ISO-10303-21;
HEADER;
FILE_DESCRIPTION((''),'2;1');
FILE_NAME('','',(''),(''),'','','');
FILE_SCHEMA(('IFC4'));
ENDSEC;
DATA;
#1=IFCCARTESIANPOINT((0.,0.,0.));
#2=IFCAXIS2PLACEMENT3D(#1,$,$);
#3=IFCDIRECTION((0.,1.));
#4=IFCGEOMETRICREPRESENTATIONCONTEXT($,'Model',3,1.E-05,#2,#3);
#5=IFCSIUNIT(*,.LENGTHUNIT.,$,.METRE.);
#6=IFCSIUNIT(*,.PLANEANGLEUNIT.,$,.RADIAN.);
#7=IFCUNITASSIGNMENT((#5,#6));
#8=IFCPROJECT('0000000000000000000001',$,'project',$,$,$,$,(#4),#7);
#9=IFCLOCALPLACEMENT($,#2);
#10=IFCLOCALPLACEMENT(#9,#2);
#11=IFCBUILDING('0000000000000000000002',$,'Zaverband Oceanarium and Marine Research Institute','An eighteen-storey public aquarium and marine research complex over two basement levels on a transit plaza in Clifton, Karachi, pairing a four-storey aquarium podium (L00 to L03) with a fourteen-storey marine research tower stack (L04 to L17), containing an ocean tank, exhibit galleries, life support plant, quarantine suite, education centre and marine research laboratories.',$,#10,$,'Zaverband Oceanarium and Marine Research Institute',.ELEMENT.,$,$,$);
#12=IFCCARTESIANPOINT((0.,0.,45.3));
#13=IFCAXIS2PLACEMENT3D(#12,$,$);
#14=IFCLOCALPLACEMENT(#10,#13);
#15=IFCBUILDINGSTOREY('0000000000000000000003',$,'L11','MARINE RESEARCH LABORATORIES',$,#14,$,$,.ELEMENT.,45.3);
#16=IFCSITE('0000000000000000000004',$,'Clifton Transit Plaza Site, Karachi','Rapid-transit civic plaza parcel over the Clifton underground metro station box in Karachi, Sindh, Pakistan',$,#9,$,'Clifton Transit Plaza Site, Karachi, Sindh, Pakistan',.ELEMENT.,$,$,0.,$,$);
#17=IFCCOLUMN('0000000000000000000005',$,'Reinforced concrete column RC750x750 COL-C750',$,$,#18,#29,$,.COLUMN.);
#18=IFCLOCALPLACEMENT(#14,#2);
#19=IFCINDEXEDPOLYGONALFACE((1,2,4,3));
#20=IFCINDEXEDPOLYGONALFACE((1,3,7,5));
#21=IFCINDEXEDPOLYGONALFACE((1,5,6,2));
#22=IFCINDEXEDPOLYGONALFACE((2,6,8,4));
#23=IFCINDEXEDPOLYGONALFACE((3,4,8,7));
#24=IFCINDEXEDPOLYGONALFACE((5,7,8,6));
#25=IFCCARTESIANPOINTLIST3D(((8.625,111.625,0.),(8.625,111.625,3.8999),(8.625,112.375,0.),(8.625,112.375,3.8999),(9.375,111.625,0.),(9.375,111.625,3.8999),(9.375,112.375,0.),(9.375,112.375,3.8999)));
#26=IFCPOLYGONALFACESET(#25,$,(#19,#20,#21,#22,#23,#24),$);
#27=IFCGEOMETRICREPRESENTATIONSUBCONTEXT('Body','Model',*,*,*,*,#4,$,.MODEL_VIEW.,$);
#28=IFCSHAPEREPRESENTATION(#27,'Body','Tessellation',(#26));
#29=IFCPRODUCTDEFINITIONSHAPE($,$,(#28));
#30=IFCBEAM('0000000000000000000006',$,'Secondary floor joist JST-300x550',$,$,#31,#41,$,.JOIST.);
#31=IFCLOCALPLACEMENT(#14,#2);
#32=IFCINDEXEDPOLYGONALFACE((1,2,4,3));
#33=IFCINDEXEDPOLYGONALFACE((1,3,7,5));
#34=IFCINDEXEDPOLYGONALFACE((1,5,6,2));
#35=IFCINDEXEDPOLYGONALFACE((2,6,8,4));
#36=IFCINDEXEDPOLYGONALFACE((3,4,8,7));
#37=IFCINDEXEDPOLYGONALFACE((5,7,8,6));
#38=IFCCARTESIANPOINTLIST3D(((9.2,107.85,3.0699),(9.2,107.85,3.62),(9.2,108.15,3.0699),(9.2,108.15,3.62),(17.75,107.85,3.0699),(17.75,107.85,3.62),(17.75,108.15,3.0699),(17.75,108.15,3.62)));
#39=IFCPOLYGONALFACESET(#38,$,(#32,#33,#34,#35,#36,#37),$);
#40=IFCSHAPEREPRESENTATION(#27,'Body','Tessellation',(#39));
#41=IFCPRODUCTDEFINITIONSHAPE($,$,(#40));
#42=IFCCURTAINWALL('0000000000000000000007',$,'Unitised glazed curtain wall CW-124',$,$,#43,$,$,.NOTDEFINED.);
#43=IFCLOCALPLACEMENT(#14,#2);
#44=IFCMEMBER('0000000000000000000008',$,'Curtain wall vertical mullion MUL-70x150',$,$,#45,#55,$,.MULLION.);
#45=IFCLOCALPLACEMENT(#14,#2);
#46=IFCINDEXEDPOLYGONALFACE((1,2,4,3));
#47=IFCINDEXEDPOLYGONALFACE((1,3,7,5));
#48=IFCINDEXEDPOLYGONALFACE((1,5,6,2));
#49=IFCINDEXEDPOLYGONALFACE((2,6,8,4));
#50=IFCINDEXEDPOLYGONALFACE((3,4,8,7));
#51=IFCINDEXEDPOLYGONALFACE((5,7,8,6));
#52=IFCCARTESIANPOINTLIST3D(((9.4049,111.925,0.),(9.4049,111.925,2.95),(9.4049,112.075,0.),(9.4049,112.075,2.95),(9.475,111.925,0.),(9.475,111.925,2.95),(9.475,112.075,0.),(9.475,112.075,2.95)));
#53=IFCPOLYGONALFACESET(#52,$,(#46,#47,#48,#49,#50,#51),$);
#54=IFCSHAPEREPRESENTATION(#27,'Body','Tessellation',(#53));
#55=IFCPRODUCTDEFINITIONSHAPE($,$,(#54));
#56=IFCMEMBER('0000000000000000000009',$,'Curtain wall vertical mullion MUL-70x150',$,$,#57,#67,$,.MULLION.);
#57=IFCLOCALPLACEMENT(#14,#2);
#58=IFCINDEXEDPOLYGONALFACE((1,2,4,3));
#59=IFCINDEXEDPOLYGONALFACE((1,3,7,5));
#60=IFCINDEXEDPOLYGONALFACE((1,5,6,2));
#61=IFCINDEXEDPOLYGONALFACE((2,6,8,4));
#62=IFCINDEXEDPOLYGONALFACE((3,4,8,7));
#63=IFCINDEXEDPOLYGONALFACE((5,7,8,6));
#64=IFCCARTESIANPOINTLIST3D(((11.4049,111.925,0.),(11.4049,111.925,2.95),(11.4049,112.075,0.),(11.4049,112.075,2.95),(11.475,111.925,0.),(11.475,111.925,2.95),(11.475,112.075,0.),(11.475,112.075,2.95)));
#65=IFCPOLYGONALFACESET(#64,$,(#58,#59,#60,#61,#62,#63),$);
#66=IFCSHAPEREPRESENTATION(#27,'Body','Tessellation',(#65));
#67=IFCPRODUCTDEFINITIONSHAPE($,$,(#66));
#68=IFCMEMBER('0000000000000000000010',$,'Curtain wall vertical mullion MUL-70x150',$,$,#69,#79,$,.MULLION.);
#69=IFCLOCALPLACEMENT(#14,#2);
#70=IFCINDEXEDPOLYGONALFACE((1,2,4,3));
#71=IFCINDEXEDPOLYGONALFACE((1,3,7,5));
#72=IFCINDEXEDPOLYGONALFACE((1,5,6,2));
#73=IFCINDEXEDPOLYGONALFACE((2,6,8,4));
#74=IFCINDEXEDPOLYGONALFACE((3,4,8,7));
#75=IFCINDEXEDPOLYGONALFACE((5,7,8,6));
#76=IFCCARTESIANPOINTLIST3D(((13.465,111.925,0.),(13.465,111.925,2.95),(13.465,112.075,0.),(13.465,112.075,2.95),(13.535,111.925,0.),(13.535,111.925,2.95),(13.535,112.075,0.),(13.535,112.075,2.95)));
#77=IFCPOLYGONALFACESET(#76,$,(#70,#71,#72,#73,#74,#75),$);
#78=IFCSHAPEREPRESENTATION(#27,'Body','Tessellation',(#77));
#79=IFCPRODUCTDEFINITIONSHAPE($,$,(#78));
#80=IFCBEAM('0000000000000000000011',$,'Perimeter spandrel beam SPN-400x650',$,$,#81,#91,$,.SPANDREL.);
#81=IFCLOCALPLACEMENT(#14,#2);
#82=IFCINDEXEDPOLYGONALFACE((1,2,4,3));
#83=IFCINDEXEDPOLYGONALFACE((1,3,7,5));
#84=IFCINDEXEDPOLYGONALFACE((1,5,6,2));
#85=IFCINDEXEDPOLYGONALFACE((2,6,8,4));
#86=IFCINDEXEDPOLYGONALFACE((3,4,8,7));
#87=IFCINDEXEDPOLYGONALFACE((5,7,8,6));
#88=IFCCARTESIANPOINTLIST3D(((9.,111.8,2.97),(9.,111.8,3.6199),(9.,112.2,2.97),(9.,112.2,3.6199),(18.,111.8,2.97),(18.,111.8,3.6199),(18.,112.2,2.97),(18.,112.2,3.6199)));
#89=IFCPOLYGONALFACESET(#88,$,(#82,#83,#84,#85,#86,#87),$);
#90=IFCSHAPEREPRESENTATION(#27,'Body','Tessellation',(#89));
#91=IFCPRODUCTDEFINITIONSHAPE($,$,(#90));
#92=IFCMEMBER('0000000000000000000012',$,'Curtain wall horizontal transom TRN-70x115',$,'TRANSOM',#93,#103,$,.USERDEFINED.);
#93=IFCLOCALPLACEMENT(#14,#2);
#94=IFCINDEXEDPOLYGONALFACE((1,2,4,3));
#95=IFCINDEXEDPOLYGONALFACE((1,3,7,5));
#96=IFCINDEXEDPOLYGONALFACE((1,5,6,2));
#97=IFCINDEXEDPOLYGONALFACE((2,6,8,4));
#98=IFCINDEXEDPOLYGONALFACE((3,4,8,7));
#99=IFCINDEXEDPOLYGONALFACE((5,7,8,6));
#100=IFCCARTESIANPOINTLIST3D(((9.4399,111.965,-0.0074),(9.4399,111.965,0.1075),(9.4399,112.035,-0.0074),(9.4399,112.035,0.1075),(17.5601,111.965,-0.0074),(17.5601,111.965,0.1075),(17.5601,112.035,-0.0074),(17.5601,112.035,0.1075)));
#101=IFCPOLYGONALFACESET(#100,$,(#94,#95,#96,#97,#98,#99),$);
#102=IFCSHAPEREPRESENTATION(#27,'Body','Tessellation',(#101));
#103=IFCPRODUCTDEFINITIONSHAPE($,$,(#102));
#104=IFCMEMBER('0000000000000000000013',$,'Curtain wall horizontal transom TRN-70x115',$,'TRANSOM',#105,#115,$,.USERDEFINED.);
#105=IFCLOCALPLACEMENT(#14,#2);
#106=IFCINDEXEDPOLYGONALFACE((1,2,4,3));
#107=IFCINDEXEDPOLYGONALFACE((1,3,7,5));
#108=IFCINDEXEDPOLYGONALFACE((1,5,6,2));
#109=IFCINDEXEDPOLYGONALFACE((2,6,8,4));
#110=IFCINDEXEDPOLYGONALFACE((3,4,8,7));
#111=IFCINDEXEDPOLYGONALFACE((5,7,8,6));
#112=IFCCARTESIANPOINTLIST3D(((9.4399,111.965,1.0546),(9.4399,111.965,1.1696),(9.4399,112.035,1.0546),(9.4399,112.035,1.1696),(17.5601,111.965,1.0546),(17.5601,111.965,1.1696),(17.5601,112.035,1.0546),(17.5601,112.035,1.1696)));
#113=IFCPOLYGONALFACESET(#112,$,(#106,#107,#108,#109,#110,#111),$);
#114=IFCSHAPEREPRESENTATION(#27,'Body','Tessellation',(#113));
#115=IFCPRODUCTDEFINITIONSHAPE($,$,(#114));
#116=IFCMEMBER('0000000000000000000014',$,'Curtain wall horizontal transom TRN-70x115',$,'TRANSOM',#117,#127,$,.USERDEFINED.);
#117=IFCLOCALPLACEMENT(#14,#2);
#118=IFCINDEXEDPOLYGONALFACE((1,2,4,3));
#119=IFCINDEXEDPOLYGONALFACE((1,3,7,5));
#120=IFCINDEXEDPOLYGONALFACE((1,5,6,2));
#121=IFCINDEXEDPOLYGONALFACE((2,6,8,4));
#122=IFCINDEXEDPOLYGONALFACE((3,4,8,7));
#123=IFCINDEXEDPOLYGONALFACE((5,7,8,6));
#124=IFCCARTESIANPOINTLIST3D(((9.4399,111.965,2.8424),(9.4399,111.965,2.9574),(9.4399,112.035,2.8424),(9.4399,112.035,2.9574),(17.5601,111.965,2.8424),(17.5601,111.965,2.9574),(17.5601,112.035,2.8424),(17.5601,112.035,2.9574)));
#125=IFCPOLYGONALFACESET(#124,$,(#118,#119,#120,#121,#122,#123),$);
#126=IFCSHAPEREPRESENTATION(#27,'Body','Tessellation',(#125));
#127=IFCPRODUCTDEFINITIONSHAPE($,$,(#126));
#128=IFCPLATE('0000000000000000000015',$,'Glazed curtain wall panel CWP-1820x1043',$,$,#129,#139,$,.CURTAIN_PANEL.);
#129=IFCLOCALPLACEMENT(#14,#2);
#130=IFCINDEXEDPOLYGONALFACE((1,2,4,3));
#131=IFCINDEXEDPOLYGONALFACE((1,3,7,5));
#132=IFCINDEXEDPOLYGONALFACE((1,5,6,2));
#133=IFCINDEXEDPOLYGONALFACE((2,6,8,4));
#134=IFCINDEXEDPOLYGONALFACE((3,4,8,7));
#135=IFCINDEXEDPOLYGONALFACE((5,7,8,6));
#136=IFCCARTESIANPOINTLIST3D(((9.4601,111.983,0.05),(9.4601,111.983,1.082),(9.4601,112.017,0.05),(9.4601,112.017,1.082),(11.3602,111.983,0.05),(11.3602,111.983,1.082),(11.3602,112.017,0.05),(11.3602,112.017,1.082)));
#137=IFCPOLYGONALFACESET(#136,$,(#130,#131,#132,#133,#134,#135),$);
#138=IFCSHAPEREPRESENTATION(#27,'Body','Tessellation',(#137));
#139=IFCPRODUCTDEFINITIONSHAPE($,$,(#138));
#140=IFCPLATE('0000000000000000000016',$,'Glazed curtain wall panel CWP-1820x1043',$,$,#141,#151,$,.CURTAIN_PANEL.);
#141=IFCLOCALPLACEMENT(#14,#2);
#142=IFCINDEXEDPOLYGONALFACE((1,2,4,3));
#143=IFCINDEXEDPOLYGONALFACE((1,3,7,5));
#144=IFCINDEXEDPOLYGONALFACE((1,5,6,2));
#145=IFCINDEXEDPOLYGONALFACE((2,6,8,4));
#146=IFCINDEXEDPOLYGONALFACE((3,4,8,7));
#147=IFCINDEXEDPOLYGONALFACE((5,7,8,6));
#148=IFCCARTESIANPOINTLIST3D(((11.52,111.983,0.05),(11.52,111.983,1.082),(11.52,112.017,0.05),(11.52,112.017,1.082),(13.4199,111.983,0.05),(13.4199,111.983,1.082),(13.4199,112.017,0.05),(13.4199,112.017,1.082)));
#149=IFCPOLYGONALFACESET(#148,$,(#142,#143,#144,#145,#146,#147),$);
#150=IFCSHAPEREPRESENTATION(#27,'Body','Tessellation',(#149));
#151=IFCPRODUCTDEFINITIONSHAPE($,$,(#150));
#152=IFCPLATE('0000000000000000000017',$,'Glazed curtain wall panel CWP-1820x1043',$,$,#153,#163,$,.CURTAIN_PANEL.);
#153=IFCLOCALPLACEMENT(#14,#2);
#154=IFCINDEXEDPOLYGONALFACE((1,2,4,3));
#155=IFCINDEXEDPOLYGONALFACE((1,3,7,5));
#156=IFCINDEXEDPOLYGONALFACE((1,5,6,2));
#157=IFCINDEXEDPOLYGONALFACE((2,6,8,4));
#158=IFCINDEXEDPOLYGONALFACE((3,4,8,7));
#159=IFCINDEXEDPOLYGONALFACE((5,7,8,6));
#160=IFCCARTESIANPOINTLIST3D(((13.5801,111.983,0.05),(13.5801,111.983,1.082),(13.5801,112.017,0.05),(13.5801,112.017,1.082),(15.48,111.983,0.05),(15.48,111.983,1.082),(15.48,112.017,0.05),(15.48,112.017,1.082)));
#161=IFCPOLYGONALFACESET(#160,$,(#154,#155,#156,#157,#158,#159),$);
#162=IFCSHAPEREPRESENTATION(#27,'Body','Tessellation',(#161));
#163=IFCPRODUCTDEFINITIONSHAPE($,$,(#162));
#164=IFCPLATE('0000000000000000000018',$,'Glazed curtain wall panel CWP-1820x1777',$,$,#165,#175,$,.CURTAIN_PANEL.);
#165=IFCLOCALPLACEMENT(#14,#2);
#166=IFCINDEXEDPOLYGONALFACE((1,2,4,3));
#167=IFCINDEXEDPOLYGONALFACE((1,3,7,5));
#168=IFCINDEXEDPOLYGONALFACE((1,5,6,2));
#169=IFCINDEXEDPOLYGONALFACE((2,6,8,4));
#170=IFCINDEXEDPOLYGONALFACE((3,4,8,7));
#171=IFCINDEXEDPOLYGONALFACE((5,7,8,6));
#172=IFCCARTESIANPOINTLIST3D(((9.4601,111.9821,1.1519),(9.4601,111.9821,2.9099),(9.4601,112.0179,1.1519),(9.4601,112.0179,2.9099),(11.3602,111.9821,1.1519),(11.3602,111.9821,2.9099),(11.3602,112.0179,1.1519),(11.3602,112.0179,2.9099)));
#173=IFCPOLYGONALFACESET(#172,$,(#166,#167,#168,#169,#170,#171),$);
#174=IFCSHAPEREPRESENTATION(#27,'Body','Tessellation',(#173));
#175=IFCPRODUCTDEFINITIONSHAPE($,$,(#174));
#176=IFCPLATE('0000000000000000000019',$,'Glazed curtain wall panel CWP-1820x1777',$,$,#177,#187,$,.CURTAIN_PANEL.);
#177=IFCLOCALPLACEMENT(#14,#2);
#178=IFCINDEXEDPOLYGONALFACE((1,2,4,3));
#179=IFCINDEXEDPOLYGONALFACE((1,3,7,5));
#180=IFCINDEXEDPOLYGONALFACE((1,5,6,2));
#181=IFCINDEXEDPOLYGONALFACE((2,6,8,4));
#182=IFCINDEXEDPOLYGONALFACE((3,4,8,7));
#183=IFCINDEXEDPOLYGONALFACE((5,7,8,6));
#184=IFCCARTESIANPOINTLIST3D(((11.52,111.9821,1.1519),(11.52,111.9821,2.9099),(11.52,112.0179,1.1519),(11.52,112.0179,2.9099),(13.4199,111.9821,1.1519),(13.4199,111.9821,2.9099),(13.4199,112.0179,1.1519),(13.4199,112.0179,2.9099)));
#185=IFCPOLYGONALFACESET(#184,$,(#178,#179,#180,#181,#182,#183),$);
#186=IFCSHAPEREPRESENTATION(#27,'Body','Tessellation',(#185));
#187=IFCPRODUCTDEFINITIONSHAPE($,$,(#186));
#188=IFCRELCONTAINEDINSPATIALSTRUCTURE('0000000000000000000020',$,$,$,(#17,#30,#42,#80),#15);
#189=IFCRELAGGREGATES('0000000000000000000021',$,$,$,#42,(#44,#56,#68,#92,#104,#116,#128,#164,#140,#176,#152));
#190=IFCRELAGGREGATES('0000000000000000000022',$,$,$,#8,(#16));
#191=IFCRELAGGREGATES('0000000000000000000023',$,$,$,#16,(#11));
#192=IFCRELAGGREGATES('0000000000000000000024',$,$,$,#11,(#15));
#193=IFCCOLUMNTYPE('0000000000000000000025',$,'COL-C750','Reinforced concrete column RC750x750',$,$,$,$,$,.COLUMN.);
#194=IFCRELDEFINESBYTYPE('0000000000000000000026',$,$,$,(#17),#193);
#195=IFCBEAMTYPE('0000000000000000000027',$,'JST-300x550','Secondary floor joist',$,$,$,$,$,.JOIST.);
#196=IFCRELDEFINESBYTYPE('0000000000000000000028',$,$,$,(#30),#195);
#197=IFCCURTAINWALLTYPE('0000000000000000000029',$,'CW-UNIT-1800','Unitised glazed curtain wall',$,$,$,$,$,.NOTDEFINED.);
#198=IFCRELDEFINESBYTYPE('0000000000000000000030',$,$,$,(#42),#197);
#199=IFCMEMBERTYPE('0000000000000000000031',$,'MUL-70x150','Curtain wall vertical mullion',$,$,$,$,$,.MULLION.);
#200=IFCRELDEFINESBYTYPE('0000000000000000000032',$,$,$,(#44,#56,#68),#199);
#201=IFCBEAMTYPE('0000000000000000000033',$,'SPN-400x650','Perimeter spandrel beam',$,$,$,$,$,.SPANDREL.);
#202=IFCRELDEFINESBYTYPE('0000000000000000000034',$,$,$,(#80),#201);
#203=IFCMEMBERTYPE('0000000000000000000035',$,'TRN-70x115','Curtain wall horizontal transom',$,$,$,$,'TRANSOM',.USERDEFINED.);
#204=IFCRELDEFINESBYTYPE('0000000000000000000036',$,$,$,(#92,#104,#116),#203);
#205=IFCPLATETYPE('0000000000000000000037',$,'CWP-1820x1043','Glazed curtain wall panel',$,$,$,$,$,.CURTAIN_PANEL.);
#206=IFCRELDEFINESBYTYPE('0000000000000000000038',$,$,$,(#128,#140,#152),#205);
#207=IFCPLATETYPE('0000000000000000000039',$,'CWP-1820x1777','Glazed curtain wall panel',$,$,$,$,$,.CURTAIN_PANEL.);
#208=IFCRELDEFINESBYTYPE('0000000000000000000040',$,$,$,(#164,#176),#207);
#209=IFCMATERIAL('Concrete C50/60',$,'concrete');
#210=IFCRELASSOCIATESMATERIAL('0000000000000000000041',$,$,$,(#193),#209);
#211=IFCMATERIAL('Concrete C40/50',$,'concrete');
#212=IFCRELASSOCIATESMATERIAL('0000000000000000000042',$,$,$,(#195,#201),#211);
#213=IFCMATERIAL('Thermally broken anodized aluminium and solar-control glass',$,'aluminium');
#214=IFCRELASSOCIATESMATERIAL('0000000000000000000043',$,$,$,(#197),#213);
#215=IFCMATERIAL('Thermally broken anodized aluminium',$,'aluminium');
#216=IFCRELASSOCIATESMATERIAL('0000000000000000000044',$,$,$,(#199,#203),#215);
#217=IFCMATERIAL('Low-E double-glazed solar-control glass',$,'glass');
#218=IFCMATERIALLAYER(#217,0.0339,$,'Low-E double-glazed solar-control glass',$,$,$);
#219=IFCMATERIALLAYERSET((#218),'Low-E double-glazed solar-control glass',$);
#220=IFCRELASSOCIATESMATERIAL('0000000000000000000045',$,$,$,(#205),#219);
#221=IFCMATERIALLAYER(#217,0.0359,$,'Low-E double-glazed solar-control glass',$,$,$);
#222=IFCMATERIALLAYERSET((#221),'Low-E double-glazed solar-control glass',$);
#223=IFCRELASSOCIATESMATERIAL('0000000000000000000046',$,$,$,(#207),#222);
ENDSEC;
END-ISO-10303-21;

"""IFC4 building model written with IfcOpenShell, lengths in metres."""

from ifc_helpers import new_model, si_unit, direction, frame, frame_2d, origin, origin_2d, place, context, subcontext, project, spatial, rectangle, extrude, material, layer, layer_set, material_profile, profile_set, type_object, element, aggregate, save


model = new_model("IFC4")

# Units and contexts
model_context = context("Model", 3, precision=1e-05, world=origin(), true_north=direction((0.0, 1.0)))
body_context = subcontext(model_context, "Body", "Model", "MODEL_VIEW")
ifc_project = project(units=[si_unit("LENGTHUNIT", "METRE"), si_unit("PLANEANGLEUNIT", "RADIAN")], contexts=[model_context])

# Site, building, storey
site_placement = place(None, origin())
site = spatial("IfcSite", under=ifc_project, at=site_placement, Name="Clifton Transit Plaza Site, Karachi", Description="Rapid-transit civic plaza parcel over the Clifton underground metro station box in Karachi, Sindh, Pakistan", LongName="Clifton Transit Plaza Site, Karachi, Sindh, Pakistan", CompositionType="ELEMENT", RefElevation=0.0)
building_placement = place(site_placement, origin())
building = spatial("IfcBuilding", under=site, at=building_placement, Name="Zaverband Oceanarium and Marine Research Institute", Description="An eighteen-storey public aquarium and marine research complex over two basement levels on a transit plaza in Clifton, Karachi, pairing a four-storey aquarium podium (L00 to L03) with a fourteen-storey marine research tower stack (L04 to L17), containing an ocean tank, exhibit galleries, life support plant, quarantine suite, education centre and marine research laboratories.", LongName="Zaverband Oceanarium and Marine Research Institute", CompositionType="ELEMENT")
storey_placement = place(building_placement, frame((0.0, 0.0, 45.3)))
storey = spatial("IfcBuildingStorey", under=building, at=storey_placement, Name="L11", Description="MARINE RESEARCH LABORATORIES", CompositionType="ELEMENT", Elevation=45.3)

# Column
ifc_material_1 = material(Name="Concrete C50/60", Category="concrete")
ifc_material_profile_1 = material_profile(ifc_material_1, rectangle(XDim=0.75, YDim=0.75, at=origin_2d()), Name="RC750x750")
ifc_profile_set_1 = profile_set([ifc_material_profile_1], Name="Concrete C50/60")
column_type = type_object("IfcColumnType", Name="COL-C750", Description="Reinforced concrete column RC750x750", PredefinedType="COLUMN", material=ifc_profile_set_1)
column_placement = place(storey_placement, frame((9.0, 112.0, 0.0), z_axis=(0.0, 0.0, 1.0), x_axis=(1.0, 0.0, 0.0)))
element("IfcColumn", 1, at=column_placement, inside=storey, type_object=column_type, Name="Reinforced concrete column RC750x750 COL-C750", PredefinedType="COLUMN", context=body_context, shape_type="SweptSolid", body=[
    extrude(rectangle(XDim=0.75, YDim=0.75, at=origin_2d()), origin(), (0.0, 0.0, 1.0), 3.8999),
])

# Beam
ifc_material_2 = material(Name="Concrete C40/50", Category="concrete")
ifc_material_profile_2 = material_profile(ifc_material_2, rectangle(XDim=0.3, YDim=0.55, at=origin_2d()), Name="RC300x550")
ifc_profile_set_2 = profile_set([ifc_material_profile_2], Name="Concrete C40/50")
beam_type_1 = type_object("IfcBeamType", Name="JST-300x550", Description="Secondary floor joist", PredefinedType="JOIST", material=ifc_profile_set_2)
beam_1_placement = place(storey_placement, frame((9.2, 108.0, 3.345), z_axis=(1.0, 0.0, 0.0), x_axis=(0.0, 1.0, 0.0)))
element("IfcBeam", 2, at=beam_1_placement, inside=storey, type_object=beam_type_1, Name="Secondary floor joist JST-300x550", PredefinedType="JOIST", context=body_context, shape_type="SweptSolid", body=[
    extrude(rectangle(XDim=0.3, YDim=0.55, at=origin_2d()), origin(), (0.0, 0.0, 1.0), 8.55),
])

# Curtain wall, members
ifc_material_3 = material(Name="Thermally broken anodized aluminium and solar-control glass", Category="aluminium")
curtain_wall_type = type_object("IfcCurtainWallType", Name="CW-UNIT-1800", Description="Unitised glazed curtain wall", PredefinedType="NOTDEFINED", material=ifc_material_3)
curtain_wall_placement = place(storey_placement, origin())
curtain_wall = element("IfcCurtainWall", 3, at=curtain_wall_placement, inside=storey, type_object=curtain_wall_type, Name="Unitised glazed curtain wall CW-124", PredefinedType="NOTDEFINED")
ifc_material_4 = material(Name="Thermally broken anodized aluminium", Category="aluminium")
ifc_material_profile_3 = material_profile(ifc_material_4, rectangle(XDim=0.0701, YDim=0.1499, at=origin_2d()), Name="AL-MUL-70x150")
ifc_profile_set_3 = profile_set([ifc_material_profile_3], Name="Thermally broken anodized aluminium")
member_type_1 = type_object("IfcMemberType", Name="MUL-70x150", Description="Curtain wall vertical mullion", PredefinedType="MULLION", material=ifc_profile_set_3)
member_1_placement = place(storey_placement, frame((9.4399, 112.0, 0.0), z_axis=(0.0, 0.0, 1.0), x_axis=(1.0, 0.0, 0.0)))
member_1 = element("IfcMember", 4, at=member_1_placement, type_object=member_type_1, Name="Curtain wall vertical mullion MUL-70x150", PredefinedType="MULLION", context=body_context, shape_type="SweptSolid", body=[
    extrude(rectangle(XDim=0.0701, YDim=0.1499, at=origin_2d()), origin(), (0.0, 0.0, 1.0), 2.95),
])
member_2_placement = place(storey_placement, frame((11.4399, 112.0, 0.0), z_axis=(0.0, 0.0, 1.0), x_axis=(1.0, 0.0, 0.0)))
member_2 = element("IfcMember", 5, at=member_2_placement, type_object=member_type_1, Name="Curtain wall vertical mullion MUL-70x150", PredefinedType="MULLION", context=body_context, shape_type="SweptSolid", body=[
    extrude(rectangle(XDim=0.0701, YDim=0.1499, at=origin_2d()), origin(), (0.0, 0.0, 1.0), 2.95),
])
member_3_placement = place(storey_placement, frame((13.5, 112.0, 0.0), z_axis=(0.0, 0.0, 1.0), x_axis=(1.0, 0.0, 0.0)))
member_3 = element("IfcMember", 6, at=member_3_placement, type_object=member_type_1, Name="Curtain wall vertical mullion MUL-70x150", PredefinedType="MULLION", context=body_context, shape_type="SweptSolid", body=[
    extrude(rectangle(XDim=0.0701, YDim=0.1499, at=origin_2d()), origin(), (0.0, 0.0, 1.0), 2.95),
])

# Beam
ifc_material_profile_4 = material_profile(ifc_material_2, rectangle(XDim=0.3999, YDim=0.6499, at=origin_2d()), Name="RC400x650")
ifc_profile_set_4 = profile_set([ifc_material_profile_4], Name="Concrete C40/50")
beam_type_2 = type_object("IfcBeamType", Name="SPN-400x650", Description="Perimeter spandrel beam", PredefinedType="SPANDREL", material=ifc_profile_set_4)
beam_2_placement = place(storey_placement, frame((9.0, 112.0, 3.2949), z_axis=(1.0, 0.0, 0.0), x_axis=(0.0, 1.0, 0.0)))
element("IfcBeam", 7, at=beam_2_placement, inside=storey, type_object=beam_type_2, Name="Perimeter spandrel beam SPN-400x650", PredefinedType="SPANDREL", context=body_context, shape_type="SweptSolid", body=[
    extrude(rectangle(XDim=0.3999, YDim=0.6499, at=origin_2d()), origin(), (0.0, 0.0, 1.0), 9.0),
])

# Members
ifc_material_profile_5 = material_profile(ifc_material_4, rectangle(XDim=0.0701, YDim=0.115, at=origin_2d()), Name="AL-TRN-70x115")
ifc_profile_set_5 = profile_set([ifc_material_profile_5], Name="Thermally broken anodized aluminium")
member_type_2 = type_object("IfcMemberType", Name="TRN-70x115", Description="Curtain wall horizontal transom", ElementType="TRANSOM", PredefinedType="USERDEFINED", material=ifc_profile_set_5)
member_4_placement = place(storey_placement, frame((9.4399, 112.0, 0.05), z_axis=(1.0, 0.0, 0.0), x_axis=(0.0, 1.0, 0.0)))
member_4 = element("IfcMember", 8, at=member_4_placement, type_object=member_type_2, Name="Curtain wall horizontal transom TRN-70x115", ObjectType="TRANSOM", PredefinedType="USERDEFINED", context=body_context, shape_type="SweptSolid", body=[
    extrude(rectangle(XDim=0.0701, YDim=0.115, at=origin_2d()), origin(), (0.0, 0.0, 1.0), 8.1201),
])
member_5_placement = place(storey_placement, frame((9.4399, 112.0, 1.1121), z_axis=(1.0, 0.0, 0.0), x_axis=(0.0, 1.0, 0.0)))
member_5 = element("IfcMember", 9, at=member_5_placement, type_object=member_type_2, Name="Curtain wall horizontal transom TRN-70x115", ObjectType="TRANSOM", PredefinedType="USERDEFINED", context=body_context, shape_type="SweptSolid", body=[
    extrude(rectangle(XDim=0.0701, YDim=0.115, at=origin_2d()), origin(), (0.0, 0.0, 1.0), 8.1201),
])
member_6_placement = place(storey_placement, frame((9.4399, 112.0, 2.8999), z_axis=(1.0, 0.0, 0.0), x_axis=(0.0, 1.0, 0.0)))
member_6 = element("IfcMember", 10, at=member_6_placement, type_object=member_type_2, Name="Curtain wall horizontal transom TRN-70x115", ObjectType="TRANSOM", PredefinedType="USERDEFINED", context=body_context, shape_type="SweptSolid", body=[
    extrude(rectangle(XDim=0.0701, YDim=0.115, at=origin_2d()), origin(), (0.0, 0.0, 1.0), 8.1201),
])

# Plates
ifc_material_5 = material(Name="Low-E double-glazed solar-control glass", Category="glass")
ifc_layer_1 = layer(ifc_material_5, 0.0339, Name="Low-E double-glazed solar-control glass")
ifc_layer_set_1 = layer_set([ifc_layer_1], Name="Low-E double-glazed solar-control glass")
plate_type_1 = type_object("IfcPlateType", Name="CWP-1820x1043", Description="Glazed curtain wall panel", PredefinedType="CURTAIN_PANEL", material=ifc_layer_set_1)
plate_1_placement = place(storey_placement, frame((9.46, 112.0, 0.05), z_axis=(0.0, 0.0, 1.0), x_axis=(1.0, 0.0, 0.0)))
plate_1 = element("IfcPlate", 11, at=plate_1_placement, type_object=plate_type_1, Name="Glazed curtain wall panel CWP-1820x1043", PredefinedType="CURTAIN_PANEL", context=body_context, shape_type="SweptSolid", body=[
    extrude(rectangle(XDim=1.9001, YDim=0.0339, at=frame_2d((0.9502, 0.0))), origin(), (0.0, 0.0, 1.0), 1.032),
])
plate_2_placement = place(storey_placement, frame((11.52, 112.0, 0.05), z_axis=(0.0, 0.0, 1.0), x_axis=(1.0, 0.0, 0.0)))
plate_2 = element("IfcPlate", 12, at=plate_2_placement, type_object=plate_type_1, Name="Glazed curtain wall panel CWP-1820x1043", PredefinedType="CURTAIN_PANEL", context=body_context, shape_type="SweptSolid", body=[
    extrude(rectangle(XDim=1.8999, YDim=0.0339, at=frame_2d((0.95, 0.0))), origin(), (0.0, 0.0, 1.0), 1.032),
])
plate_3_placement = place(storey_placement, frame((13.5801, 112.0, 0.05), z_axis=(0.0, 0.0, 1.0), x_axis=(1.0, 0.0, 0.0)))
plate_3 = element("IfcPlate", 13, at=plate_3_placement, type_object=plate_type_1, Name="Glazed curtain wall panel CWP-1820x1043", PredefinedType="CURTAIN_PANEL", context=body_context, shape_type="SweptSolid", body=[
    extrude(rectangle(XDim=1.8999, YDim=0.0339, at=frame_2d((0.95, 0.0))), origin(), (0.0, 0.0, 1.0), 1.032),
])
ifc_layer_2 = layer(ifc_material_5, 0.0359, Name="Low-E double-glazed solar-control glass")
ifc_layer_set_2 = layer_set([ifc_layer_2], Name="Low-E double-glazed solar-control glass")
plate_type_2 = type_object("IfcPlateType", Name="CWP-1820x1777", Description="Glazed curtain wall panel", PredefinedType="CURTAIN_PANEL", material=ifc_layer_set_2)
plate_4_placement = place(storey_placement, frame((9.46, 112.0, 1.1519), z_axis=(0.0, 0.0, 1.0), x_axis=(1.0, 0.0, 0.0)))
plate_4 = element("IfcPlate", 14, at=plate_4_placement, type_object=plate_type_2, Name="Glazed curtain wall panel CWP-1820x1777", PredefinedType="CURTAIN_PANEL", context=body_context, shape_type="SweptSolid", body=[
    extrude(rectangle(XDim=1.9001, YDim=0.0359, at=frame_2d((0.9502, 0.0))), origin(), (0.0, 0.0, 1.0), 1.7581),
])
plate_5_placement = place(storey_placement, frame((11.52, 112.0, 1.1519), z_axis=(0.0, 0.0, 1.0), x_axis=(1.0, 0.0, 0.0)))
plate_5 = element("IfcPlate", 15, at=plate_5_placement, type_object=plate_type_2, Name="Glazed curtain wall panel CWP-1820x1777", PredefinedType="CURTAIN_PANEL", context=body_context, shape_type="SweptSolid", body=[
    extrude(rectangle(XDim=1.8999, YDim=0.0359, at=frame_2d((0.95, 0.0))), origin(), (0.0, 0.0, 1.0), 1.7581),
])
aggregate(curtain_wall, [member_1, member_2, member_3, member_4, member_5, member_6, plate_1, plate_4, plate_2, plate_5, plate_3])

save(model, "model.ifc")
